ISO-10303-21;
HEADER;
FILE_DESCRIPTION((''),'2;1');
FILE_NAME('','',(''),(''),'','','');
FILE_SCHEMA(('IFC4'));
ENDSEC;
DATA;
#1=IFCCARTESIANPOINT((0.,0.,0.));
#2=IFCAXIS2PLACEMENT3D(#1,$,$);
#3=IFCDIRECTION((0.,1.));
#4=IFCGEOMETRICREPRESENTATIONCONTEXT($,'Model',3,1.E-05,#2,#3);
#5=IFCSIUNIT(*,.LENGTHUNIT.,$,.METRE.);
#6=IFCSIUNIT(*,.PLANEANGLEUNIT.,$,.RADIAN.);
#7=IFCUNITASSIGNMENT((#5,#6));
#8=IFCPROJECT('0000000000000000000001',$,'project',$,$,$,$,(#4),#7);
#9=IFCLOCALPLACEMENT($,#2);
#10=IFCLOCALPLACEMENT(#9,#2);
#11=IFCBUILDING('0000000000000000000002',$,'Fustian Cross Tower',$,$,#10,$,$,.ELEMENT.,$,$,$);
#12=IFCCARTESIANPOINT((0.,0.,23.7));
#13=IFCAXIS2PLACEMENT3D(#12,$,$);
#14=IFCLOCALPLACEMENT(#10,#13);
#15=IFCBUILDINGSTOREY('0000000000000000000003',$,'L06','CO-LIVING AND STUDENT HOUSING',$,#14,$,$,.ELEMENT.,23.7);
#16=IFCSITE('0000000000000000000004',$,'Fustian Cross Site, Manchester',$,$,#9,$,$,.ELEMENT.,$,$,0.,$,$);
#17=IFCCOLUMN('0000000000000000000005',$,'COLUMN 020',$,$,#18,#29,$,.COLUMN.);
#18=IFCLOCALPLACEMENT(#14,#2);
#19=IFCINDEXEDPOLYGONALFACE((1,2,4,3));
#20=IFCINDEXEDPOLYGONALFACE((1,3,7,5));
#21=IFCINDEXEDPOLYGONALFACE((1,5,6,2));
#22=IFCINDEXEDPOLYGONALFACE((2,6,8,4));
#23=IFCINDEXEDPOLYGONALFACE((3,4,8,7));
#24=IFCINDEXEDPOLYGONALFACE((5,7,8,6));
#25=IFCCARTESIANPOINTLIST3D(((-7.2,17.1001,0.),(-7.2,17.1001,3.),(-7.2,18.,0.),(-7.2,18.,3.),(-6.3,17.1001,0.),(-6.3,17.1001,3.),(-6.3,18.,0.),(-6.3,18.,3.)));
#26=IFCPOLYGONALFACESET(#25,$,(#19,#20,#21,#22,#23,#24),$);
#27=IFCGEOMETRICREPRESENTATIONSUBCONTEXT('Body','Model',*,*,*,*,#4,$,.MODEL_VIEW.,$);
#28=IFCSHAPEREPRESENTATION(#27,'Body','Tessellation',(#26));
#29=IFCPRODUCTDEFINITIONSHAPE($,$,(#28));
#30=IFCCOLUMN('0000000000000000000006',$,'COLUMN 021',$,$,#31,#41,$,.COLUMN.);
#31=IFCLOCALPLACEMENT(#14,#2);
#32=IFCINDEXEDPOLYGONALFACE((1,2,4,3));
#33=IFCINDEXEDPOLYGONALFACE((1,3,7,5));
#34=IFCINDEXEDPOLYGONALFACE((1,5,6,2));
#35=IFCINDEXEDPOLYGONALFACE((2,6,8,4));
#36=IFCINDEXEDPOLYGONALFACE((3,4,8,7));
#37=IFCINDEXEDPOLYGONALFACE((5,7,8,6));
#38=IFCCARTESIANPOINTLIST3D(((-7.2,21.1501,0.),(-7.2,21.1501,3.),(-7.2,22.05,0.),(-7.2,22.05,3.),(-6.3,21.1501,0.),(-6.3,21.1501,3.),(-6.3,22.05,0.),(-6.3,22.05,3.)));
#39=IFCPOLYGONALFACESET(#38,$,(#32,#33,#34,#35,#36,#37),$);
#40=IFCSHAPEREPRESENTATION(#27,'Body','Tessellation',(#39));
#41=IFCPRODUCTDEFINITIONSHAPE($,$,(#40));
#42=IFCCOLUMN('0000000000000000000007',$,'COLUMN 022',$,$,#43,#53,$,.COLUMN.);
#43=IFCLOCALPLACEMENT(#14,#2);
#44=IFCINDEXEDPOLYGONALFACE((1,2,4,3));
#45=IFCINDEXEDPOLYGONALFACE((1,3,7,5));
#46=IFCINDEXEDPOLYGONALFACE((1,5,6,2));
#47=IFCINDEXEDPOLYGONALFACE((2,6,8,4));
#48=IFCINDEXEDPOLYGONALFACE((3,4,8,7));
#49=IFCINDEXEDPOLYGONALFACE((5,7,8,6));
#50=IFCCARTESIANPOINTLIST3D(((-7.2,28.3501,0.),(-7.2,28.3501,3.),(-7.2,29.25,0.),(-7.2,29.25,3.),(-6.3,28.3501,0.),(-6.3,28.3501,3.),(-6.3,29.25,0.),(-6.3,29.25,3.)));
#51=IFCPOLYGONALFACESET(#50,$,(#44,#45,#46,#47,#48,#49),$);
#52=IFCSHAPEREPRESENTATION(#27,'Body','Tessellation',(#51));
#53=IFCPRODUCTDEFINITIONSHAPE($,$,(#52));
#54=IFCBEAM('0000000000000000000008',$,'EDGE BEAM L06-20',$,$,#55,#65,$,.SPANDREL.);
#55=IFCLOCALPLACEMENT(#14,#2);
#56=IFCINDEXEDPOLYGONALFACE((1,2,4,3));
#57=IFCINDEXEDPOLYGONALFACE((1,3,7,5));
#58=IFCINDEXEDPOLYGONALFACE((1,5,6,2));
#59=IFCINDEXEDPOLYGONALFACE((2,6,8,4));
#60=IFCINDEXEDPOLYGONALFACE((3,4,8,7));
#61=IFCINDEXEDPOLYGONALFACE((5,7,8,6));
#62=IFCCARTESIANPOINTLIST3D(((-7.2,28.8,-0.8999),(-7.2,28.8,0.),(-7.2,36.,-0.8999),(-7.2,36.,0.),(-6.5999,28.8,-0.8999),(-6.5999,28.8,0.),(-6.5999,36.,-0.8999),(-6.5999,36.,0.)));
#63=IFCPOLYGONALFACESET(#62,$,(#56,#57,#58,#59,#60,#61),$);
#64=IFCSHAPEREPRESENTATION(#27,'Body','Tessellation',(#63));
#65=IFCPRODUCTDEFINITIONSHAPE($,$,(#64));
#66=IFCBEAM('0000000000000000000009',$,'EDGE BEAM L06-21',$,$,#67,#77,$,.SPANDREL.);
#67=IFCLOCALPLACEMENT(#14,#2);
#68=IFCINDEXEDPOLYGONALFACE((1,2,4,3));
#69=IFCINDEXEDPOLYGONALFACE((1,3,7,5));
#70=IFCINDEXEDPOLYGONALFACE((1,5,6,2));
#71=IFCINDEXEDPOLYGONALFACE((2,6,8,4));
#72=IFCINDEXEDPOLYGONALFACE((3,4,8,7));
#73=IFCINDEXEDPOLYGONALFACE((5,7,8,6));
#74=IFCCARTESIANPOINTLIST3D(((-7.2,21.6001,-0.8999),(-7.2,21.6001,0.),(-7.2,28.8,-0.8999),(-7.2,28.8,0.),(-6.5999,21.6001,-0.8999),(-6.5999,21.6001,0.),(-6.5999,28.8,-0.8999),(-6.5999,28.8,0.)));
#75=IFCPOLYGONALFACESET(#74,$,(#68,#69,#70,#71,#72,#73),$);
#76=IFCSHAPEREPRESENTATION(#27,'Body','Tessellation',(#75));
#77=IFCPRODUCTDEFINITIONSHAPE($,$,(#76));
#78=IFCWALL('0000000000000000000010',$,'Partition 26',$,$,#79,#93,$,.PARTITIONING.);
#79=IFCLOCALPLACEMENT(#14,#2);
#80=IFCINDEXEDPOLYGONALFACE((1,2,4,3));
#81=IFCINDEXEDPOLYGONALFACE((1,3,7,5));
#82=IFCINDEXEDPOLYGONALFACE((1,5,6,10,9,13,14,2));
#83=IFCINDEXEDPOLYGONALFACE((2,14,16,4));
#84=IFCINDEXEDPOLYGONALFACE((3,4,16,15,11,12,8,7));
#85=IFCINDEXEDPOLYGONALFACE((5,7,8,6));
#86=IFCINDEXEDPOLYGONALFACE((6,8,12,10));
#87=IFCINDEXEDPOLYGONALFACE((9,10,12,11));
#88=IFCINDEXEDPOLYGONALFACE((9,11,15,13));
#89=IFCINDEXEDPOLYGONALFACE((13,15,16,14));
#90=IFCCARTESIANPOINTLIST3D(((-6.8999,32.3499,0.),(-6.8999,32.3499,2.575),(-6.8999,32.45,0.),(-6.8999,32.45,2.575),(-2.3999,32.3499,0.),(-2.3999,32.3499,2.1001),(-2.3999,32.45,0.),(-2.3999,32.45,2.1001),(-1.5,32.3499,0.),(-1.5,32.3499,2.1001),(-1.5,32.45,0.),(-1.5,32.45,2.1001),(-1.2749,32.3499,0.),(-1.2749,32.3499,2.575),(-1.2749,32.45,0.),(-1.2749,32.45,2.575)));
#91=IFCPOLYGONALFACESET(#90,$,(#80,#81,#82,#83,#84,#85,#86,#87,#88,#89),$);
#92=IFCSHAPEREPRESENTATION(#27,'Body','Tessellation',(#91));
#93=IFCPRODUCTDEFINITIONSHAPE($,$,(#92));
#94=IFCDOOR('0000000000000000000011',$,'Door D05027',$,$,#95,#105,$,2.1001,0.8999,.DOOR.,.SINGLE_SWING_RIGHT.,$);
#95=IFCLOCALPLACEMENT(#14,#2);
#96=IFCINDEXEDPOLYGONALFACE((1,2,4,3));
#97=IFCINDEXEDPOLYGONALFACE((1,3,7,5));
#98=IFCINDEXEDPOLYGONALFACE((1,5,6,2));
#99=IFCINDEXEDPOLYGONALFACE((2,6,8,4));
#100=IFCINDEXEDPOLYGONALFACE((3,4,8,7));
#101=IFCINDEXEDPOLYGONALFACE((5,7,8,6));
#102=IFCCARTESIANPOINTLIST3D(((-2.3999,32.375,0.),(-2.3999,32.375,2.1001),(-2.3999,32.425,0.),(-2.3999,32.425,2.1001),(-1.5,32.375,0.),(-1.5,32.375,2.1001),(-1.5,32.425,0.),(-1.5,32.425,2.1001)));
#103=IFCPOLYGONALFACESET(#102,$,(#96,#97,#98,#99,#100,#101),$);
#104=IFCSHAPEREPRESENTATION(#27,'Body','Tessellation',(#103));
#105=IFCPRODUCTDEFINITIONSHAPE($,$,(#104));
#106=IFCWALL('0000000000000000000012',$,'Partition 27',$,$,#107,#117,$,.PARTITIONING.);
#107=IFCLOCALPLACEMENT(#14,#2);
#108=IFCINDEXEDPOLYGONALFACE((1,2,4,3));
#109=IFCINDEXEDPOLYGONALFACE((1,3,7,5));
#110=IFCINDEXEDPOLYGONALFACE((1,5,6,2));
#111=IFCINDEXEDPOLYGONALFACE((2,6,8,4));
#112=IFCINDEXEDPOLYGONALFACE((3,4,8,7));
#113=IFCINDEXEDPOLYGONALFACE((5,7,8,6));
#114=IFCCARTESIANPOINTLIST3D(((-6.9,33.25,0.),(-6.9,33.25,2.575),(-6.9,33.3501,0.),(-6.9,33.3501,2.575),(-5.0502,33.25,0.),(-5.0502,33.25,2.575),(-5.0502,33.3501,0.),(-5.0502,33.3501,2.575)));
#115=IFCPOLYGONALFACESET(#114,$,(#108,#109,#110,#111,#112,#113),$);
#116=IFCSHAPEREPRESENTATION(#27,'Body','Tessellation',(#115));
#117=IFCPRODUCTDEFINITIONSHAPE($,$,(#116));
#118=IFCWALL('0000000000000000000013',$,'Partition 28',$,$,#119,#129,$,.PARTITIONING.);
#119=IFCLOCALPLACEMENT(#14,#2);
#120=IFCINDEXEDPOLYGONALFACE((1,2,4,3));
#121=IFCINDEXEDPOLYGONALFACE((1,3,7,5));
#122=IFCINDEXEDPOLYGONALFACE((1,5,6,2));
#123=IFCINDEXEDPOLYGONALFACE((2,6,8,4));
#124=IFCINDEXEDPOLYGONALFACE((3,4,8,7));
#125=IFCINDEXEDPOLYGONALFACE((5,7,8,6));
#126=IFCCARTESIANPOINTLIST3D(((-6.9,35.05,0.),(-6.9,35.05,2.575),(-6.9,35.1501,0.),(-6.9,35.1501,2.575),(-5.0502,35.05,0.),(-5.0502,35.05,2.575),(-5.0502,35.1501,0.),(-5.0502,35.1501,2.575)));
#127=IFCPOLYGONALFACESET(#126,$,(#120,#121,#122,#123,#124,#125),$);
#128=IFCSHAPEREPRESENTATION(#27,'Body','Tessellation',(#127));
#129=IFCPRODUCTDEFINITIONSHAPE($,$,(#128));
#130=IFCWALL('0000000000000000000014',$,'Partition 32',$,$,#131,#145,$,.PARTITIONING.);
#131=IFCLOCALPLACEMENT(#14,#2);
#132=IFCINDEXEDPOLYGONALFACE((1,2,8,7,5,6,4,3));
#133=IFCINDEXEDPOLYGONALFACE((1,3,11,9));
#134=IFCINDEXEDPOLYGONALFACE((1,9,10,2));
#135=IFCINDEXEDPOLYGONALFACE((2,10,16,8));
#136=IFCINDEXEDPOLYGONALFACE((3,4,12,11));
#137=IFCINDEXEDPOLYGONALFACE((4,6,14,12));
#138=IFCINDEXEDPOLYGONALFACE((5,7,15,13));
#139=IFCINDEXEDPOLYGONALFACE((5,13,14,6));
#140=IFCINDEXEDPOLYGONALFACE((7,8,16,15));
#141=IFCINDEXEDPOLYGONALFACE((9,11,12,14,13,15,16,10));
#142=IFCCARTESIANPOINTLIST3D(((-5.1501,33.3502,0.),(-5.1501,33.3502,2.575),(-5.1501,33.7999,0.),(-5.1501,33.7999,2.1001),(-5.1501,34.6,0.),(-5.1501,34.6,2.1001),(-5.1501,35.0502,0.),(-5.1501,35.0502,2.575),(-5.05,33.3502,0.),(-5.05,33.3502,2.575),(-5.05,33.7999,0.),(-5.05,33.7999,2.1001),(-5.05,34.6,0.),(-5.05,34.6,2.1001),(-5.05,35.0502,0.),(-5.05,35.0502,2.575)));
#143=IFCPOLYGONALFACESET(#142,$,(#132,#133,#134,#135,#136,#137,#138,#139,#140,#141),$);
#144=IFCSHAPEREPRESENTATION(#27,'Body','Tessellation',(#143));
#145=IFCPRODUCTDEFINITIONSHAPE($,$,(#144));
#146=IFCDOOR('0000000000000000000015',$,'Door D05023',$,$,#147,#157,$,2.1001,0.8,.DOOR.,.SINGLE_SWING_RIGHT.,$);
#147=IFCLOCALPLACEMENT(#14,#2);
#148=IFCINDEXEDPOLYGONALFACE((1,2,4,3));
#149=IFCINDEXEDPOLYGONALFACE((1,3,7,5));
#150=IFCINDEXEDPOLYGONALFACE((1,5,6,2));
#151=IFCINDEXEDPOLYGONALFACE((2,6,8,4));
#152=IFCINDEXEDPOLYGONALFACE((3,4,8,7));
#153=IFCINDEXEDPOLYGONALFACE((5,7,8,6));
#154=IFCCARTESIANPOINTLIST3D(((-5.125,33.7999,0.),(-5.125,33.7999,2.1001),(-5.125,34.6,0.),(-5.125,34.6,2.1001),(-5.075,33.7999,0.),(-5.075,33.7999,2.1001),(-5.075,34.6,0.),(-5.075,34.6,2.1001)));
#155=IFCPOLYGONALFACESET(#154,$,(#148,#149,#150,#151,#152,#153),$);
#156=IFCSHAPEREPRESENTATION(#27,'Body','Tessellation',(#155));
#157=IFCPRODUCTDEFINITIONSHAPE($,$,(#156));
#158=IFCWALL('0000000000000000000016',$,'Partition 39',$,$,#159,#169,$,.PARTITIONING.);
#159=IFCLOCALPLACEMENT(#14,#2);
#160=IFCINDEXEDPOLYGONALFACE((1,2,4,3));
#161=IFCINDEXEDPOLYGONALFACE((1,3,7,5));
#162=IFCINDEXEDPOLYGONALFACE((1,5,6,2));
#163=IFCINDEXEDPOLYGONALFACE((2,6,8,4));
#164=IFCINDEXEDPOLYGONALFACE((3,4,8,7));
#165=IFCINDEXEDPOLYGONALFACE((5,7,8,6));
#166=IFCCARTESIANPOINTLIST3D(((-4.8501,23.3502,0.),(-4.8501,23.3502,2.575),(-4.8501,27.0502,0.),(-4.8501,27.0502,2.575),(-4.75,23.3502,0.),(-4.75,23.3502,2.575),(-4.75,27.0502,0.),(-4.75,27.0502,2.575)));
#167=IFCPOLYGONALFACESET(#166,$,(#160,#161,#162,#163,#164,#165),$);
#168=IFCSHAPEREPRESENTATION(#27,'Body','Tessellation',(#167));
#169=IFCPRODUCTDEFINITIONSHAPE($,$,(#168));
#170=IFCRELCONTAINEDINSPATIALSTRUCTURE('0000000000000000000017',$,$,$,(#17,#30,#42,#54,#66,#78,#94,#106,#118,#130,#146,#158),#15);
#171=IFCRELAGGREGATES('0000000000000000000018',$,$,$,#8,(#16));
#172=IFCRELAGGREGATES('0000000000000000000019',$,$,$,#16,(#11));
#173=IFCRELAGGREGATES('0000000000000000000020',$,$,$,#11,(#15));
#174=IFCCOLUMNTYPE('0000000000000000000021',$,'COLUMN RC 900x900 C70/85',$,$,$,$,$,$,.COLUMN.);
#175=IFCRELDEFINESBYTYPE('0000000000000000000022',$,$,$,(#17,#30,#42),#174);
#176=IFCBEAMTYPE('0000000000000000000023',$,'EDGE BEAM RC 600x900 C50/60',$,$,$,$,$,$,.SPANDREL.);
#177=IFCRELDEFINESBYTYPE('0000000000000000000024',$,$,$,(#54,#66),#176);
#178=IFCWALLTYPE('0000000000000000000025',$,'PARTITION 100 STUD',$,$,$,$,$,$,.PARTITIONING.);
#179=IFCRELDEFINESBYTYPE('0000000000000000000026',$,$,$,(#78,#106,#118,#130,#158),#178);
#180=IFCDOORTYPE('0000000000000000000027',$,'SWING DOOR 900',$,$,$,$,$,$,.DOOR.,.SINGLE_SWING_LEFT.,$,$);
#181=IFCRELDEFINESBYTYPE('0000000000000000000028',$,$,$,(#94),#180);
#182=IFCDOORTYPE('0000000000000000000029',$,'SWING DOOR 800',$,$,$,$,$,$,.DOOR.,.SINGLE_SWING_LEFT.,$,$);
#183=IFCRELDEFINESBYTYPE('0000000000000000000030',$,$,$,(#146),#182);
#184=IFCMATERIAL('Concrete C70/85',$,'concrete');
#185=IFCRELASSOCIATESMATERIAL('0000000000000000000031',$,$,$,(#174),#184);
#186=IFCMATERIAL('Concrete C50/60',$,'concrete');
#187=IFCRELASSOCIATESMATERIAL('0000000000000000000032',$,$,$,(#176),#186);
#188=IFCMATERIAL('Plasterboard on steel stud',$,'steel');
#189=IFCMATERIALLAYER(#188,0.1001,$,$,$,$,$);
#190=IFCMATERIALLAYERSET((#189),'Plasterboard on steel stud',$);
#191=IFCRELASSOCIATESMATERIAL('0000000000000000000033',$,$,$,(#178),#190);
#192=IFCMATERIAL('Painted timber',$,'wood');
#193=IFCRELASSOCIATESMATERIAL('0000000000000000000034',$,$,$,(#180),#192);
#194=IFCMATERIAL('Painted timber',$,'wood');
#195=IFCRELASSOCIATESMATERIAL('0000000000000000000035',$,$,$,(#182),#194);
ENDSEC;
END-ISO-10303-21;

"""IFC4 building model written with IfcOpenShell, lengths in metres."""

from ifc_helpers import new_model, si_unit, direction, frame, frame_2d, origin, origin_2d, place, context, subcontext, project, spatial, rectangle, extrude, material, layer, layer_set, material_profile, profile_set, type_object, element, fill, save


model = new_model("IFC4")

# Units and contexts
model_context = context("Model", 3, precision=1e-05, world=origin(), true_north=direction((0.0, 1.0)))
body_context = subcontext(model_context, "Body", "Model", "MODEL_VIEW")
ifc_project = project(units=[si_unit("LENGTHUNIT", "METRE"), si_unit("PLANEANGLEUNIT", "RADIAN")], contexts=[model_context])

# Site, building, storey
site_placement = place(None, origin())
site = spatial("IfcSite", under=ifc_project, at=site_placement, Name="Fustian Cross Site, Manchester", CompositionType="ELEMENT", RefElevation=0.0)
building_placement = place(site_placement, origin())
building = spatial("IfcBuilding", under=site, at=building_placement, Name="Fustian Cross Tower", CompositionType="ELEMENT")
storey_placement = place(building_placement, frame((0.0, 0.0, 23.7)))
storey = spatial("IfcBuildingStorey", under=building, at=storey_placement, Name="L06", Description="CO-LIVING AND STUDENT HOUSING", CompositionType="ELEMENT", Elevation=23.7)

# Columns
ifc_material_1 = material(Name="Concrete C70/85", Category="concrete")
ifc_material_profile_1 = material_profile(ifc_material_1, rectangle(XDim=0.8999, YDim=0.8999, at=origin_2d()), Name="RC 900x900")
ifc_profile_set_1 = profile_set([ifc_material_profile_1], Name="Concrete C70/85")
column_type = type_object("IfcColumnType", Name="COLUMN RC 900x900 C70/85", PredefinedType="COLUMN", material=ifc_profile_set_1)
for number, where, z_axis, x_axis, name in (
    (1, (-6.75, 17.55, 0.0), (0.0, 0.0, 1.0), (1.0, 0.0, 0.0), "COLUMN 020"),
    (2, (-6.75, 21.6001, 0.0), (0.0, 0.0, 1.0), (1.0, 0.0, 0.0), "COLUMN 021"),
    (3, (-6.75, 28.8, 0.0), (0.0, 0.0, 1.0), (1.0, 0.0, 0.0), "COLUMN 022"),
):
    element("IfcColumn", number, at=place(storey_placement, frame(where, z_axis=z_axis, x_axis=x_axis)), inside=storey, type_object=column_type, Name=name, PredefinedType="COLUMN", context=body_context, shape_type="SweptSolid", body=[
        extrude(rectangle(XDim=0.8999, YDim=0.8999, at=origin_2d()), origin(), (0.0, 0.0, 1.0), 3.0),
    ])

# Beams
ifc_material_2 = material(Name="Concrete C50/60", Category="concrete")
ifc_material_profile_2 = material_profile(ifc_material_2, rectangle(XDim=0.6001, YDim=0.8999, at=origin_2d()), Name="RC 600x900")
ifc_profile_set_2 = profile_set([ifc_material_profile_2], Name="Concrete C50/60")
beam_type = type_object("IfcBeamType", Name="EDGE BEAM RC 600x900 C50/60", PredefinedType="SPANDREL", material=ifc_profile_set_2)
for number, where, z_axis, x_axis, name in (
    (4, (-6.8999, 36.0, -0.45), (0.0, -1.0, 0.0), (1.0, 0.0, 0.0), "EDGE BEAM L06-20"),
    (5, (-6.8999, 28.8, -0.45), (0.0, -1.0, 0.0), (1.0, 0.0, 0.0), "EDGE BEAM L06-21"),
):
    element("IfcBeam", number, at=place(storey_placement, frame(where, z_axis=z_axis, x_axis=x_axis)), inside=storey, type_object=beam_type, Name=name, PredefinedType="SPANDREL", context=body_context, shape_type="SweptSolid", body=[
        extrude(rectangle(XDim=0.6001, YDim=0.8999, at=origin_2d()), origin(), (0.0, 0.0, 1.0), 7.2),
    ])

# Wall, opening, door
ifc_material_3 = material(Name="Plasterboard on steel stud", Category="steel")
ifc_layer = layer(ifc_material_3, 0.1001)
ifc_layer_set = layer_set([ifc_layer], Name="Plasterboard on steel stud")
wall_type = type_object("IfcWallType", Name="PARTITION 100 STUD", PredefinedType="PARTITIONING", material=ifc_layer_set)
wall_1_placement = place(storey_placement, frame((-6.8999, 32.3999, 0.0), z_axis=(0.0, 0.0, 1.0), x_axis=(1.0, 0.0, 0.0)))
wall_1 = element("IfcWall", 6, at=wall_1_placement, inside=storey, type_object=wall_type, Name="Partition 26", PredefinedType="PARTITIONING", context=body_context, shape_type="SweptSolid", body=[
    extrude(rectangle(XDim=5.625, YDim=0.1001, at=frame_2d((2.8125, 0.0))), origin(), (0.0, 0.0, 1.0), 2.575),
])
opening_1_placement = place(wall_1_placement, frame((4.5, 0.0, 0.0)))
opening_1 = element("IfcOpeningElement", 7, at=opening_1_placement, cuts=wall_1, PredefinedType="OPENING", context=body_context, shape_type="SweptSolid", body=[
    extrude(rectangle(XDim=0.8999, YDim=2.1001, at=frame_2d((0.45, 1.05))), frame((0.0, 0.0601, 0.0), z_axis=(0.0, -1.0, 0.0), x_axis=(1.0, 0.0, 0.0)), (0.0, 0.0, 1.0), 0.1201),
])
ifc_material_4 = material(Name="Painted timber", Category="wood")
door_type_1 = type_object("IfcDoorType", Name="SWING DOOR 900", OperationType="SINGLE_SWING_LEFT", PredefinedType="DOOR", material=ifc_material_4)
door_1_placement = place(opening_1_placement, frame((0.8999, 0.0, 0.0), z_axis=(0.0, 0.0, 1.0), x_axis=(-1.0, 0.0, 0.0)))
door_1 = element("IfcDoor", 8, at=door_1_placement, inside=storey, type_object=door_type_1, Name="Door D05027", OperationType="SINGLE_SWING_RIGHT", OverallHeight=2.1001, OverallWidth=0.8999, PredefinedType="DOOR", context=body_context, shape_type="SweptSolid", body=[
    extrude(rectangle(XDim=0.8999, YDim=2.1001, at=frame_2d((0.45, 1.05))), frame((0.0, 0.0249, 0.0), z_axis=(0.0, -1.0, 0.0), x_axis=(1.0, 0.0, 0.0)), (0.0, 0.0, 1.0), 0.05),
])
fill(opening_1, door_1)

# Walls
for number, where, z_axis, x_axis, name in (
    (9, (-6.8999, 33.3, 0.0), (0.0, 0.0, 1.0), (1.0, 0.0, 0.0), "Partition 27"),
    (10, (-6.8999, 35.1001, 0.0), (0.0, 0.0, 1.0), (1.0, 0.0, 0.0), "Partition 28"),
):
    element("IfcWall", number, at=place(storey_placement, frame(where, z_axis=z_axis, x_axis=x_axis)), inside=storey, type_object=wall_type, Name=name, PredefinedType="PARTITIONING", context=body_context, shape_type="SweptSolid", body=[
        extrude(rectangle(XDim=1.8499, YDim=0.1001, at=frame_2d((0.9248, 0.0))), origin(), (0.0, 0.0, 1.0), 2.575),
    ])

# Wall, opening, door
wall_2_placement = place(storey_placement, frame((-5.1001, 33.3501, 0.0), z_axis=(0.0, 0.0, 1.0), x_axis=(0.0, 1.0, 0.0)))
wall_2 = element("IfcWall", 11, at=wall_2_placement, inside=storey, type_object=wall_type, Name="Partition 32", PredefinedType="PARTITIONING", context=body_context, shape_type="SweptSolid", body=[
    extrude(rectangle(XDim=1.7, YDim=0.1001, at=frame_2d((0.8501, 0.0))), origin(), (0.0, 0.0, 1.0), 2.575),
])
opening_2_placement = place(wall_2_placement, frame((0.45, 0.0, 0.0)))
opening_2 = element("IfcOpeningElement", 12, at=opening_2_placement, cuts=wall_2, PredefinedType="OPENING", context=body_context, shape_type="SweptSolid", body=[
    extrude(rectangle(XDim=0.8, YDim=2.1001, at=frame_2d((0.3999, 1.05))), frame((0.0, 0.0601, 0.0), z_axis=(0.0, -1.0, 0.0), x_axis=(1.0, 0.0, 0.0)), (0.0, 0.0, 1.0), 0.1201),
])
ifc_material_5 = material(Name="Painted timber", Category="wood")
door_type_2 = type_object("IfcDoorType", Name="SWING DOOR 800", OperationType="SINGLE_SWING_LEFT", PredefinedType="DOOR", material=ifc_material_5)
door_2_placement = place(opening_2_placement, origin())
door_2 = element("IfcDoor", 13, at=door_2_placement, inside=storey, type_object=door_type_2, Name="Door D05023", OperationType="SINGLE_SWING_RIGHT", OverallHeight=2.1001, OverallWidth=0.8, PredefinedType="DOOR", context=body_context, shape_type="SweptSolid", body=[
    extrude(rectangle(XDim=0.8, YDim=2.1001, at=frame_2d((0.3999, 1.05))), frame((0.0, 0.0249, 0.0), z_axis=(0.0, -1.0, 0.0), x_axis=(1.0, 0.0, 0.0)), (0.0, 0.0, 1.0), 0.05),
])
fill(opening_2, door_2)

# Wall
wall_3_placement = place(storey_placement, frame((-4.8, 23.3501, 0.0), z_axis=(0.0, 0.0, 1.0), x_axis=(0.0, 1.0, 0.0)))
element("IfcWall", 14, at=wall_3_placement, inside=storey, type_object=wall_type, Name="Partition 39", PredefinedType="PARTITIONING", context=body_context, shape_type="SweptSolid", body=[
    extrude(rectangle(XDim=3.7, YDim=0.1001, at=frame_2d((1.8501, 0.0))), origin(), (0.0, 0.0, 1.0), 2.575),
])

save(model, "model.ifc")
